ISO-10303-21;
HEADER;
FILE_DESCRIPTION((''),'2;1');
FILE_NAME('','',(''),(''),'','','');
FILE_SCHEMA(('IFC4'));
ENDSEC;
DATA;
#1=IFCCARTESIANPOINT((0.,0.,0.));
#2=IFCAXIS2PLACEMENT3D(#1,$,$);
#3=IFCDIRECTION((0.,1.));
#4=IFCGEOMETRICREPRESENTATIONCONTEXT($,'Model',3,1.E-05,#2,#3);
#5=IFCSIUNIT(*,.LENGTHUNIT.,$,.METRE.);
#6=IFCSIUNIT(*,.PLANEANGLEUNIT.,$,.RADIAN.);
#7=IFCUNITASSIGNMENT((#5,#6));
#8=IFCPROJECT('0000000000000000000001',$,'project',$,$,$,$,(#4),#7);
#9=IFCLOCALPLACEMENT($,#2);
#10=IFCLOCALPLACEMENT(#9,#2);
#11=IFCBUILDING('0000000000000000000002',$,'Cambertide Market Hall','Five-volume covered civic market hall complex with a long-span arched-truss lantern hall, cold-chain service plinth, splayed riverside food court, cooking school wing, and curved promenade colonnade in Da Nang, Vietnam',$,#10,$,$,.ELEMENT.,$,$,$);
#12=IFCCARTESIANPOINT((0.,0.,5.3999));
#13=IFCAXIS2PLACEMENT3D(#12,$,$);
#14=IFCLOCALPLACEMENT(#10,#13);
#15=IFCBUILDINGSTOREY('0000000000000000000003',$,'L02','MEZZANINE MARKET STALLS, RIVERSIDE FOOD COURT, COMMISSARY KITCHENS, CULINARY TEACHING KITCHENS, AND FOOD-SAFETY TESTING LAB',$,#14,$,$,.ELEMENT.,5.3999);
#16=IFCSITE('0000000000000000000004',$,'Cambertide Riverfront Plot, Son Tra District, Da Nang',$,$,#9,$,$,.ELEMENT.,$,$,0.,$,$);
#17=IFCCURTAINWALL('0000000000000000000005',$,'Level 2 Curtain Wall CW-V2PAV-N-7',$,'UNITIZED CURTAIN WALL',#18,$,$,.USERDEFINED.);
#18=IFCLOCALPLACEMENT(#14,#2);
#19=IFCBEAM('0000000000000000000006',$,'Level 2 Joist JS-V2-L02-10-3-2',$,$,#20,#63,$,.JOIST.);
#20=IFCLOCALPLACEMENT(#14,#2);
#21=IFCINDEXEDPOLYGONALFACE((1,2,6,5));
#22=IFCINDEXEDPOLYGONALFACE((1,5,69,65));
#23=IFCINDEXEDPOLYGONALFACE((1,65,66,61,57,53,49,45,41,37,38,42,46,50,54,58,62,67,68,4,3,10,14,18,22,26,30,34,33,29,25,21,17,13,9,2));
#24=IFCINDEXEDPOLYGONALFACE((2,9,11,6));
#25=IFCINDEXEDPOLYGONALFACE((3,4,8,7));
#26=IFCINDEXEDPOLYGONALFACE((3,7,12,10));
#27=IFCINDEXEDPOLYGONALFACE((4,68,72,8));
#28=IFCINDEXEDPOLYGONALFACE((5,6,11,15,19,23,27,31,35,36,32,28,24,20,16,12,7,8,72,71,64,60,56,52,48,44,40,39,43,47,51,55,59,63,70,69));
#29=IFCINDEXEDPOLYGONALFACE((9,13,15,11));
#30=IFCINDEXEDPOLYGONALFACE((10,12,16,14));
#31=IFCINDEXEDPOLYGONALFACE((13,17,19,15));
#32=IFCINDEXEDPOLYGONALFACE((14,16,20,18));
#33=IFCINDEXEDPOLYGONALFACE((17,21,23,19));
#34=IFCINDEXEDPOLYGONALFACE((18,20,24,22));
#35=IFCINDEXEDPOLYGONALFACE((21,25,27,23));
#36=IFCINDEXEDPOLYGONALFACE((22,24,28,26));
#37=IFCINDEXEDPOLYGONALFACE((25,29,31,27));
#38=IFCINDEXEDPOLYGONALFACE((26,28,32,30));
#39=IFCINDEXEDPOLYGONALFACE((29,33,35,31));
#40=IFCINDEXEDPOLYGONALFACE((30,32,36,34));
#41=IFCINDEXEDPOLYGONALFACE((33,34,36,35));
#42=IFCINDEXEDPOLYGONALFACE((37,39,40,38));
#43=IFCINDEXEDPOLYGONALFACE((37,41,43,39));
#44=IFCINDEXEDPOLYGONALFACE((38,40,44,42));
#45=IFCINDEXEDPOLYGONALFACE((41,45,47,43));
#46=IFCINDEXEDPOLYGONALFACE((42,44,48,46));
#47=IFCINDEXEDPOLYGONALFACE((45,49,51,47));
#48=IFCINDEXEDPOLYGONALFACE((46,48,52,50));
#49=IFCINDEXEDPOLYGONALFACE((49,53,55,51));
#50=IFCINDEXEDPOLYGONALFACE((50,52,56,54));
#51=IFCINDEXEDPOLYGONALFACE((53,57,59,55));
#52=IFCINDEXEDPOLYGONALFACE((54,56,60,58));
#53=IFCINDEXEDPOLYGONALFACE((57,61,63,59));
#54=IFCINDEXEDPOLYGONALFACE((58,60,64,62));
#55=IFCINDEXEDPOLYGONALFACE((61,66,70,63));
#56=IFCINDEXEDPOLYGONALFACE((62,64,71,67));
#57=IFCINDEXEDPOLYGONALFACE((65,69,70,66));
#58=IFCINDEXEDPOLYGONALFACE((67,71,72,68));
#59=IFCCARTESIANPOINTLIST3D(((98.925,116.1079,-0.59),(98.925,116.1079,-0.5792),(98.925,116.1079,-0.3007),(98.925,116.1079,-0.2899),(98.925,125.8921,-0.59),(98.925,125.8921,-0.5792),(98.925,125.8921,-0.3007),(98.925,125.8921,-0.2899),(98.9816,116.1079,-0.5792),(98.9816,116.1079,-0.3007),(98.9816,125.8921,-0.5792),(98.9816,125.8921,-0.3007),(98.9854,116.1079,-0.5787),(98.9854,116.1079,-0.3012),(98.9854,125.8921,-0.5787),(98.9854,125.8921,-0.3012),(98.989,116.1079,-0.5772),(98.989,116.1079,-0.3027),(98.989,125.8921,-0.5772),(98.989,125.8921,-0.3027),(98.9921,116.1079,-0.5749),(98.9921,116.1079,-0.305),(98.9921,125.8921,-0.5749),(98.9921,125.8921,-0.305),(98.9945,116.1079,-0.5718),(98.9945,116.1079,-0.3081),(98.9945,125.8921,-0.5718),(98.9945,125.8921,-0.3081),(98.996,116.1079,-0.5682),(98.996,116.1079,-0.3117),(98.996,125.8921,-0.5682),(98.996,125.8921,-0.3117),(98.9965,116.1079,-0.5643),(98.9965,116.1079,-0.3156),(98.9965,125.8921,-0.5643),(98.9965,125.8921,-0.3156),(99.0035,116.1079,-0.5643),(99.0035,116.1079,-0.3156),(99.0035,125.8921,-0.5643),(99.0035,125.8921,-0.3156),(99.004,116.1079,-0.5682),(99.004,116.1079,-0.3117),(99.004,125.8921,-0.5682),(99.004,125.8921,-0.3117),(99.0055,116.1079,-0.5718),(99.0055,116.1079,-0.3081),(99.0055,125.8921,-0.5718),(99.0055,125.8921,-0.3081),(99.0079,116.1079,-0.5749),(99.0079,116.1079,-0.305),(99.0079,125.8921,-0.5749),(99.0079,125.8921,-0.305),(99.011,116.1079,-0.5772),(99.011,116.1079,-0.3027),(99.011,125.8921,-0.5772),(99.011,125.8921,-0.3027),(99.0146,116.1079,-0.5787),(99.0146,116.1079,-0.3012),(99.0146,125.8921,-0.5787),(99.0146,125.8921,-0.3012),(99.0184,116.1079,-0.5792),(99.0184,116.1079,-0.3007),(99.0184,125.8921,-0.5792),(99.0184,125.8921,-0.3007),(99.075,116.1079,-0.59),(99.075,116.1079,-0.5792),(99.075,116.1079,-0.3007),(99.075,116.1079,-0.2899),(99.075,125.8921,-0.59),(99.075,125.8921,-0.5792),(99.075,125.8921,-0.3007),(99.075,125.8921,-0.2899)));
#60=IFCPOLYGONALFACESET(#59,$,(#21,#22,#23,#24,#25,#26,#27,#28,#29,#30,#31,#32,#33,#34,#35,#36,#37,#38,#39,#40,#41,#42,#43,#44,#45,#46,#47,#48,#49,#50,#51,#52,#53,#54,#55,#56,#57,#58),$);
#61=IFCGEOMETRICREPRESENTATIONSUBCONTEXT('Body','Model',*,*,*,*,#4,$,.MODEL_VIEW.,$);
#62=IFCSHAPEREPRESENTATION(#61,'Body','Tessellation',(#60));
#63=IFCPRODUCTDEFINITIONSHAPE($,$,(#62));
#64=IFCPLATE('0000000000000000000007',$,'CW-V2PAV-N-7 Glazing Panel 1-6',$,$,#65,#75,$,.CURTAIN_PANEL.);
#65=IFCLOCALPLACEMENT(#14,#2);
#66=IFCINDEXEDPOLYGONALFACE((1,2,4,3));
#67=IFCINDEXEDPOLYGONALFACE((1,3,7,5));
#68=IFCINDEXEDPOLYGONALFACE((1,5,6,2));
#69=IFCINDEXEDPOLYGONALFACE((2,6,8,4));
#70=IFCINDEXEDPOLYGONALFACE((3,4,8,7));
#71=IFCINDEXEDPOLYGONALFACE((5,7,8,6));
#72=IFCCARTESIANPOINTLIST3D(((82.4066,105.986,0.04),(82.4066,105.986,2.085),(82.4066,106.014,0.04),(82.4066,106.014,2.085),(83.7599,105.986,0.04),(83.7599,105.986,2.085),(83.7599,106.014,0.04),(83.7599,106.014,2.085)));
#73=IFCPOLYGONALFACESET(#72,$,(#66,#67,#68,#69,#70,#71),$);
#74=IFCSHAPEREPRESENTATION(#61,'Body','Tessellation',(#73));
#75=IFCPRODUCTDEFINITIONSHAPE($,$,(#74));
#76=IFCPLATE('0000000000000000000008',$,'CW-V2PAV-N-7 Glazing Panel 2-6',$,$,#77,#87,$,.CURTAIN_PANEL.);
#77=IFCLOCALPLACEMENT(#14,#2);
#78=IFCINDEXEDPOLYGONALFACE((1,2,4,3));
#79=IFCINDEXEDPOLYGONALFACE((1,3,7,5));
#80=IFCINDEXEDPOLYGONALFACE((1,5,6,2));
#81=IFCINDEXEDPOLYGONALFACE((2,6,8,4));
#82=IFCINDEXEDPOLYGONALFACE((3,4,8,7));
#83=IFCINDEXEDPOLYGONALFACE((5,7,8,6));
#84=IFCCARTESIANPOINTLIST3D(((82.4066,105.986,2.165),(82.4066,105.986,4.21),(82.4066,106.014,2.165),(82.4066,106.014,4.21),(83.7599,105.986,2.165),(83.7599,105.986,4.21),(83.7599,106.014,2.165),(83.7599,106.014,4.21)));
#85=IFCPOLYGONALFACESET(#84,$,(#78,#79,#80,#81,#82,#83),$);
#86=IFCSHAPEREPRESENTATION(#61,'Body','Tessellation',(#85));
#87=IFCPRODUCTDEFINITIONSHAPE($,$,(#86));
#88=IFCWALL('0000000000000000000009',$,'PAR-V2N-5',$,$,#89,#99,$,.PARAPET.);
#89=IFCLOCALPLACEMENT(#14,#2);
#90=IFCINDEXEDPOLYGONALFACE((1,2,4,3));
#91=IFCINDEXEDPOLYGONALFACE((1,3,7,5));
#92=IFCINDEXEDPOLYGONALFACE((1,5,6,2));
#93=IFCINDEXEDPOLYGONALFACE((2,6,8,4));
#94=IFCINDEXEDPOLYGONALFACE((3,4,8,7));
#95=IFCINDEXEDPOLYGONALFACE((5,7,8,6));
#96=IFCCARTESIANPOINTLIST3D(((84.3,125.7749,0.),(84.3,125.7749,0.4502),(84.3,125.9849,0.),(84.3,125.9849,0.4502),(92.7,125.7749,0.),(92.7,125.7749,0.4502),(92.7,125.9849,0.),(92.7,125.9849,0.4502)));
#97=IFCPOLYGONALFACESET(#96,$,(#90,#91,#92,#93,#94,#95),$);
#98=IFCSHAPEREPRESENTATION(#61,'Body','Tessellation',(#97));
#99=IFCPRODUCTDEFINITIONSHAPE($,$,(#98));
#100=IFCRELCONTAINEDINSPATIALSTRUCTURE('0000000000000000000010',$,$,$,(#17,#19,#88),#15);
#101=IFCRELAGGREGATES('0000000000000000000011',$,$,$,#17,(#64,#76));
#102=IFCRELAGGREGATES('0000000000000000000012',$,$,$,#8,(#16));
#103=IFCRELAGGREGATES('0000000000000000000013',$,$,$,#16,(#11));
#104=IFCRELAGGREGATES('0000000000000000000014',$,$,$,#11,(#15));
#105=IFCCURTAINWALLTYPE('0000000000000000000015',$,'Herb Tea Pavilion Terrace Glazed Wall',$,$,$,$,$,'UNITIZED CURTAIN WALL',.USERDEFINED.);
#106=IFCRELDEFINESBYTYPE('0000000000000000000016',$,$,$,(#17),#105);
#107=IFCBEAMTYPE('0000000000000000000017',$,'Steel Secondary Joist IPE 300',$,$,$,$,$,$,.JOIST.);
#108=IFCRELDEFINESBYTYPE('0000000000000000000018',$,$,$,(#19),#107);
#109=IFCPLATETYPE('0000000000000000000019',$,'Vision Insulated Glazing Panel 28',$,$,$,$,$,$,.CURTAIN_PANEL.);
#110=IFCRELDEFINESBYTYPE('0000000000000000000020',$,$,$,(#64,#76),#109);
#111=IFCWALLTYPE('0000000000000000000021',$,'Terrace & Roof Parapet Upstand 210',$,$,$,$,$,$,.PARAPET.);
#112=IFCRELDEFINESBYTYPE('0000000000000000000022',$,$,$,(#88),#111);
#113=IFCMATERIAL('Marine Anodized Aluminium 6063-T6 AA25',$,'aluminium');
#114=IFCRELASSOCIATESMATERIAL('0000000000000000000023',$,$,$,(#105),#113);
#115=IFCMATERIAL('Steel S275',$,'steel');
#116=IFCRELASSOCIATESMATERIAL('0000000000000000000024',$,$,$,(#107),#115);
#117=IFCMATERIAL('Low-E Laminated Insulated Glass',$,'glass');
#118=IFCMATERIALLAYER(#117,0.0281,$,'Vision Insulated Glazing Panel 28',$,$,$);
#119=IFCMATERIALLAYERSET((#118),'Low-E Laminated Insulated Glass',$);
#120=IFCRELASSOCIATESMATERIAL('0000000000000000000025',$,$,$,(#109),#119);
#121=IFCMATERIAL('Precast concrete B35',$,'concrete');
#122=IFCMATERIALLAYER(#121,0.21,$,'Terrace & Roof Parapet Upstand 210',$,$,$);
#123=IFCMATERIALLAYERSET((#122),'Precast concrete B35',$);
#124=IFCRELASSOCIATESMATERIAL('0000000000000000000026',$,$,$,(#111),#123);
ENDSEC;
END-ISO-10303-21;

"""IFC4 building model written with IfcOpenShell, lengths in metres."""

from ifc_helpers import new_model, si_unit, direction, frame, frame_2d, origin, origin_2d, place, context, subcontext, project, spatial, rectangle, i_section, extrude, material, layer, layer_set, material_profile, profile_set, type_object, element, aggregate, save


model = new_model("IFC4")

# Units and contexts
model_context = context("Model", 3, precision=1e-05, world=origin(), true_north=direction((0.0, 1.0)))
body_context = subcontext(model_context, "Body", "Model", "MODEL_VIEW")
ifc_project = project(units=[si_unit("LENGTHUNIT", "METRE"), si_unit("PLANEANGLEUNIT", "RADIAN")], contexts=[model_context])

# Site, building, storey
site_placement = place(None, origin())
site = spatial("IfcSite", under=ifc_project, at=site_placement, Name="Cambertide Riverfront Plot, Son Tra District, Da Nang", CompositionType="ELEMENT", RefElevation=0.0)
building_placement = place(site_placement, origin())
building = spatial("IfcBuilding", under=site, at=building_placement, Name="Cambertide Market Hall", Description="Five-volume covered civic market hall complex with a long-span arched-truss lantern hall, cold-chain service plinth, splayed riverside food court, cooking school wing, and curved promenade colonnade in Da Nang, Vietnam", CompositionType="ELEMENT")
storey_placement = place(building_placement, frame((0.0, 0.0, 5.3999)))
storey = spatial("IfcBuildingStorey", under=building, at=storey_placement, Name="L02", Description="MEZZANINE MARKET STALLS, RIVERSIDE FOOD COURT, COMMISSARY KITCHENS, CULINARY TEACHING KITCHENS, AND FOOD-SAFETY TESTING LAB", CompositionType="ELEMENT", Elevation=5.3999)

# Curtain wall
ifc_material_1 = material(Name="Marine Anodized Aluminium 6063-T6 AA25", Category="aluminium")
curtain_wall_type = type_object("IfcCurtainWallType", Name="Herb Tea Pavilion Terrace Glazed Wall", ElementType="UNITIZED CURTAIN WALL", PredefinedType="USERDEFINED", material=ifc_material_1)
curtain_wall_placement = place(storey_placement, origin())
curtain_wall = element("IfcCurtainWall", 1, at=curtain_wall_placement, inside=storey, type_object=curtain_wall_type, Name="Level 2 Curtain Wall CW-V2PAV-N-7", ObjectType="UNITIZED CURTAIN WALL", PredefinedType="USERDEFINED")

# Beam
ifc_material_2 = material(Name="Steel S275", Category="steel")
ifc_material_profile_1 = material_profile(ifc_material_2, i_section(OverallWidth=0.1499, OverallDepth=0.3, WebThickness=0.0071, FlangeThickness=0.0107, FilletRadius=0.0149, at=origin_2d()), Name="IPE 300")
ifc_profile_set_1 = profile_set([ifc_material_profile_1], Name="Steel S275")
beam_type_1 = type_object("IfcBeamType", Name="Steel Secondary Joist IPE 300", PredefinedType="JOIST", material=ifc_profile_set_1)
for number, where, z_axis, x_axis, name in (
    (2, (99.0, 116.1079, -0.4399), (0.0, 1.0, 0.0), (-1.0, 0.0, 0.0), "Level 2 Joist JS-V2-L02-10-3-2"),
):
    element("IfcBeam", number, at=place(storey_placement, frame(where, z_axis=z_axis, x_axis=x_axis)), inside=storey, type_object=beam_type_1, Name=name, PredefinedType="JOIST", context=body_context, shape_type="SweptSolid", body=[
        extrude(i_section(OverallWidth=0.1499, OverallDepth=0.3, WebThickness=0.0071, FlangeThickness=0.0107, FilletRadius=0.0149, at=origin_2d()), origin(), (0.0, 0.0, 1.0), 9.7842),
    ])

# Plates
ifc_material_3 = material(Name="Low-E Laminated Insulated Glass", Category="glass")
ifc_layer_1 = layer(ifc_material_3, 0.0281, Name="Vision Insulated Glazing Panel 28")
ifc_layer_set_1 = layer_set([ifc_layer_1], Name="Low-E Laminated Insulated Glass")
plate_type = type_object("IfcPlateType", Name="Vision Insulated Glazing Panel 28", PredefinedType="CURTAIN_PANEL", material=ifc_layer_set_1)
plate_1_placement = place(storey_placement, frame((83.0833, 106.0, 0.04), z_axis=(0.0, 0.0, 1.0), x_axis=(1.0, 0.0, 0.0)))
plate_1 = element("IfcPlate", 3, at=plate_1_placement, type_object=plate_type, Name="CW-V2PAV-N-7 Glazing Panel 1-6", PredefinedType="CURTAIN_PANEL", context=body_context, shape_type="SweptSolid", body=[
    extrude(rectangle(XDim=1.3533, YDim=0.0281, at=origin_2d()), origin(), (0.0, 0.0, 1.0), 2.0449),
])
plate_2_placement = place(storey_placement, frame((83.0833, 106.0, 2.165), z_axis=(0.0, 0.0, 1.0), x_axis=(1.0, 0.0, 0.0)))
plate_2 = element("IfcPlate", 4, at=plate_2_placement, type_object=plate_type, Name="CW-V2PAV-N-7 Glazing Panel 2-6", PredefinedType="CURTAIN_PANEL", context=body_context, shape_type="SweptSolid", body=[
    extrude(rectangle(XDim=1.3533, YDim=0.0281, at=origin_2d()), origin(), (0.0, 0.0, 1.0), 2.0449),
])
aggregate(curtain_wall, [plate_1, plate_2])

# Wall
ifc_material_4 = material(Name="Precast concrete B35", Category="concrete")
ifc_layer_2 = layer(ifc_material_4, 0.21, Name="Terrace & Roof Parapet Upstand 210")
ifc_layer_set_2 = layer_set([ifc_layer_2], Name="Precast concrete B35")
wall_type = type_object("IfcWallType", Name="Terrace & Roof Parapet Upstand 210", PredefinedType="PARAPET", material=ifc_layer_set_2)
wall_placement = place(storey_placement, frame((84.3, 125.8799, 0.0), z_axis=(0.0, 0.0, 1.0), x_axis=(1.0, 0.0, 0.0)))
element("IfcWall", 5, at=wall_placement, inside=storey, type_object=wall_type, Name="PAR-V2N-5", PredefinedType="PARAPET", context=body_context, shape_type="SweptSolid", body=[
    extrude(rectangle(XDim=8.3999, YDim=0.21, at=frame_2d((4.2, 0.0))), origin(), (0.0, 0.0, 1.0), 0.4502),
])

save(model, "model.ifc")
